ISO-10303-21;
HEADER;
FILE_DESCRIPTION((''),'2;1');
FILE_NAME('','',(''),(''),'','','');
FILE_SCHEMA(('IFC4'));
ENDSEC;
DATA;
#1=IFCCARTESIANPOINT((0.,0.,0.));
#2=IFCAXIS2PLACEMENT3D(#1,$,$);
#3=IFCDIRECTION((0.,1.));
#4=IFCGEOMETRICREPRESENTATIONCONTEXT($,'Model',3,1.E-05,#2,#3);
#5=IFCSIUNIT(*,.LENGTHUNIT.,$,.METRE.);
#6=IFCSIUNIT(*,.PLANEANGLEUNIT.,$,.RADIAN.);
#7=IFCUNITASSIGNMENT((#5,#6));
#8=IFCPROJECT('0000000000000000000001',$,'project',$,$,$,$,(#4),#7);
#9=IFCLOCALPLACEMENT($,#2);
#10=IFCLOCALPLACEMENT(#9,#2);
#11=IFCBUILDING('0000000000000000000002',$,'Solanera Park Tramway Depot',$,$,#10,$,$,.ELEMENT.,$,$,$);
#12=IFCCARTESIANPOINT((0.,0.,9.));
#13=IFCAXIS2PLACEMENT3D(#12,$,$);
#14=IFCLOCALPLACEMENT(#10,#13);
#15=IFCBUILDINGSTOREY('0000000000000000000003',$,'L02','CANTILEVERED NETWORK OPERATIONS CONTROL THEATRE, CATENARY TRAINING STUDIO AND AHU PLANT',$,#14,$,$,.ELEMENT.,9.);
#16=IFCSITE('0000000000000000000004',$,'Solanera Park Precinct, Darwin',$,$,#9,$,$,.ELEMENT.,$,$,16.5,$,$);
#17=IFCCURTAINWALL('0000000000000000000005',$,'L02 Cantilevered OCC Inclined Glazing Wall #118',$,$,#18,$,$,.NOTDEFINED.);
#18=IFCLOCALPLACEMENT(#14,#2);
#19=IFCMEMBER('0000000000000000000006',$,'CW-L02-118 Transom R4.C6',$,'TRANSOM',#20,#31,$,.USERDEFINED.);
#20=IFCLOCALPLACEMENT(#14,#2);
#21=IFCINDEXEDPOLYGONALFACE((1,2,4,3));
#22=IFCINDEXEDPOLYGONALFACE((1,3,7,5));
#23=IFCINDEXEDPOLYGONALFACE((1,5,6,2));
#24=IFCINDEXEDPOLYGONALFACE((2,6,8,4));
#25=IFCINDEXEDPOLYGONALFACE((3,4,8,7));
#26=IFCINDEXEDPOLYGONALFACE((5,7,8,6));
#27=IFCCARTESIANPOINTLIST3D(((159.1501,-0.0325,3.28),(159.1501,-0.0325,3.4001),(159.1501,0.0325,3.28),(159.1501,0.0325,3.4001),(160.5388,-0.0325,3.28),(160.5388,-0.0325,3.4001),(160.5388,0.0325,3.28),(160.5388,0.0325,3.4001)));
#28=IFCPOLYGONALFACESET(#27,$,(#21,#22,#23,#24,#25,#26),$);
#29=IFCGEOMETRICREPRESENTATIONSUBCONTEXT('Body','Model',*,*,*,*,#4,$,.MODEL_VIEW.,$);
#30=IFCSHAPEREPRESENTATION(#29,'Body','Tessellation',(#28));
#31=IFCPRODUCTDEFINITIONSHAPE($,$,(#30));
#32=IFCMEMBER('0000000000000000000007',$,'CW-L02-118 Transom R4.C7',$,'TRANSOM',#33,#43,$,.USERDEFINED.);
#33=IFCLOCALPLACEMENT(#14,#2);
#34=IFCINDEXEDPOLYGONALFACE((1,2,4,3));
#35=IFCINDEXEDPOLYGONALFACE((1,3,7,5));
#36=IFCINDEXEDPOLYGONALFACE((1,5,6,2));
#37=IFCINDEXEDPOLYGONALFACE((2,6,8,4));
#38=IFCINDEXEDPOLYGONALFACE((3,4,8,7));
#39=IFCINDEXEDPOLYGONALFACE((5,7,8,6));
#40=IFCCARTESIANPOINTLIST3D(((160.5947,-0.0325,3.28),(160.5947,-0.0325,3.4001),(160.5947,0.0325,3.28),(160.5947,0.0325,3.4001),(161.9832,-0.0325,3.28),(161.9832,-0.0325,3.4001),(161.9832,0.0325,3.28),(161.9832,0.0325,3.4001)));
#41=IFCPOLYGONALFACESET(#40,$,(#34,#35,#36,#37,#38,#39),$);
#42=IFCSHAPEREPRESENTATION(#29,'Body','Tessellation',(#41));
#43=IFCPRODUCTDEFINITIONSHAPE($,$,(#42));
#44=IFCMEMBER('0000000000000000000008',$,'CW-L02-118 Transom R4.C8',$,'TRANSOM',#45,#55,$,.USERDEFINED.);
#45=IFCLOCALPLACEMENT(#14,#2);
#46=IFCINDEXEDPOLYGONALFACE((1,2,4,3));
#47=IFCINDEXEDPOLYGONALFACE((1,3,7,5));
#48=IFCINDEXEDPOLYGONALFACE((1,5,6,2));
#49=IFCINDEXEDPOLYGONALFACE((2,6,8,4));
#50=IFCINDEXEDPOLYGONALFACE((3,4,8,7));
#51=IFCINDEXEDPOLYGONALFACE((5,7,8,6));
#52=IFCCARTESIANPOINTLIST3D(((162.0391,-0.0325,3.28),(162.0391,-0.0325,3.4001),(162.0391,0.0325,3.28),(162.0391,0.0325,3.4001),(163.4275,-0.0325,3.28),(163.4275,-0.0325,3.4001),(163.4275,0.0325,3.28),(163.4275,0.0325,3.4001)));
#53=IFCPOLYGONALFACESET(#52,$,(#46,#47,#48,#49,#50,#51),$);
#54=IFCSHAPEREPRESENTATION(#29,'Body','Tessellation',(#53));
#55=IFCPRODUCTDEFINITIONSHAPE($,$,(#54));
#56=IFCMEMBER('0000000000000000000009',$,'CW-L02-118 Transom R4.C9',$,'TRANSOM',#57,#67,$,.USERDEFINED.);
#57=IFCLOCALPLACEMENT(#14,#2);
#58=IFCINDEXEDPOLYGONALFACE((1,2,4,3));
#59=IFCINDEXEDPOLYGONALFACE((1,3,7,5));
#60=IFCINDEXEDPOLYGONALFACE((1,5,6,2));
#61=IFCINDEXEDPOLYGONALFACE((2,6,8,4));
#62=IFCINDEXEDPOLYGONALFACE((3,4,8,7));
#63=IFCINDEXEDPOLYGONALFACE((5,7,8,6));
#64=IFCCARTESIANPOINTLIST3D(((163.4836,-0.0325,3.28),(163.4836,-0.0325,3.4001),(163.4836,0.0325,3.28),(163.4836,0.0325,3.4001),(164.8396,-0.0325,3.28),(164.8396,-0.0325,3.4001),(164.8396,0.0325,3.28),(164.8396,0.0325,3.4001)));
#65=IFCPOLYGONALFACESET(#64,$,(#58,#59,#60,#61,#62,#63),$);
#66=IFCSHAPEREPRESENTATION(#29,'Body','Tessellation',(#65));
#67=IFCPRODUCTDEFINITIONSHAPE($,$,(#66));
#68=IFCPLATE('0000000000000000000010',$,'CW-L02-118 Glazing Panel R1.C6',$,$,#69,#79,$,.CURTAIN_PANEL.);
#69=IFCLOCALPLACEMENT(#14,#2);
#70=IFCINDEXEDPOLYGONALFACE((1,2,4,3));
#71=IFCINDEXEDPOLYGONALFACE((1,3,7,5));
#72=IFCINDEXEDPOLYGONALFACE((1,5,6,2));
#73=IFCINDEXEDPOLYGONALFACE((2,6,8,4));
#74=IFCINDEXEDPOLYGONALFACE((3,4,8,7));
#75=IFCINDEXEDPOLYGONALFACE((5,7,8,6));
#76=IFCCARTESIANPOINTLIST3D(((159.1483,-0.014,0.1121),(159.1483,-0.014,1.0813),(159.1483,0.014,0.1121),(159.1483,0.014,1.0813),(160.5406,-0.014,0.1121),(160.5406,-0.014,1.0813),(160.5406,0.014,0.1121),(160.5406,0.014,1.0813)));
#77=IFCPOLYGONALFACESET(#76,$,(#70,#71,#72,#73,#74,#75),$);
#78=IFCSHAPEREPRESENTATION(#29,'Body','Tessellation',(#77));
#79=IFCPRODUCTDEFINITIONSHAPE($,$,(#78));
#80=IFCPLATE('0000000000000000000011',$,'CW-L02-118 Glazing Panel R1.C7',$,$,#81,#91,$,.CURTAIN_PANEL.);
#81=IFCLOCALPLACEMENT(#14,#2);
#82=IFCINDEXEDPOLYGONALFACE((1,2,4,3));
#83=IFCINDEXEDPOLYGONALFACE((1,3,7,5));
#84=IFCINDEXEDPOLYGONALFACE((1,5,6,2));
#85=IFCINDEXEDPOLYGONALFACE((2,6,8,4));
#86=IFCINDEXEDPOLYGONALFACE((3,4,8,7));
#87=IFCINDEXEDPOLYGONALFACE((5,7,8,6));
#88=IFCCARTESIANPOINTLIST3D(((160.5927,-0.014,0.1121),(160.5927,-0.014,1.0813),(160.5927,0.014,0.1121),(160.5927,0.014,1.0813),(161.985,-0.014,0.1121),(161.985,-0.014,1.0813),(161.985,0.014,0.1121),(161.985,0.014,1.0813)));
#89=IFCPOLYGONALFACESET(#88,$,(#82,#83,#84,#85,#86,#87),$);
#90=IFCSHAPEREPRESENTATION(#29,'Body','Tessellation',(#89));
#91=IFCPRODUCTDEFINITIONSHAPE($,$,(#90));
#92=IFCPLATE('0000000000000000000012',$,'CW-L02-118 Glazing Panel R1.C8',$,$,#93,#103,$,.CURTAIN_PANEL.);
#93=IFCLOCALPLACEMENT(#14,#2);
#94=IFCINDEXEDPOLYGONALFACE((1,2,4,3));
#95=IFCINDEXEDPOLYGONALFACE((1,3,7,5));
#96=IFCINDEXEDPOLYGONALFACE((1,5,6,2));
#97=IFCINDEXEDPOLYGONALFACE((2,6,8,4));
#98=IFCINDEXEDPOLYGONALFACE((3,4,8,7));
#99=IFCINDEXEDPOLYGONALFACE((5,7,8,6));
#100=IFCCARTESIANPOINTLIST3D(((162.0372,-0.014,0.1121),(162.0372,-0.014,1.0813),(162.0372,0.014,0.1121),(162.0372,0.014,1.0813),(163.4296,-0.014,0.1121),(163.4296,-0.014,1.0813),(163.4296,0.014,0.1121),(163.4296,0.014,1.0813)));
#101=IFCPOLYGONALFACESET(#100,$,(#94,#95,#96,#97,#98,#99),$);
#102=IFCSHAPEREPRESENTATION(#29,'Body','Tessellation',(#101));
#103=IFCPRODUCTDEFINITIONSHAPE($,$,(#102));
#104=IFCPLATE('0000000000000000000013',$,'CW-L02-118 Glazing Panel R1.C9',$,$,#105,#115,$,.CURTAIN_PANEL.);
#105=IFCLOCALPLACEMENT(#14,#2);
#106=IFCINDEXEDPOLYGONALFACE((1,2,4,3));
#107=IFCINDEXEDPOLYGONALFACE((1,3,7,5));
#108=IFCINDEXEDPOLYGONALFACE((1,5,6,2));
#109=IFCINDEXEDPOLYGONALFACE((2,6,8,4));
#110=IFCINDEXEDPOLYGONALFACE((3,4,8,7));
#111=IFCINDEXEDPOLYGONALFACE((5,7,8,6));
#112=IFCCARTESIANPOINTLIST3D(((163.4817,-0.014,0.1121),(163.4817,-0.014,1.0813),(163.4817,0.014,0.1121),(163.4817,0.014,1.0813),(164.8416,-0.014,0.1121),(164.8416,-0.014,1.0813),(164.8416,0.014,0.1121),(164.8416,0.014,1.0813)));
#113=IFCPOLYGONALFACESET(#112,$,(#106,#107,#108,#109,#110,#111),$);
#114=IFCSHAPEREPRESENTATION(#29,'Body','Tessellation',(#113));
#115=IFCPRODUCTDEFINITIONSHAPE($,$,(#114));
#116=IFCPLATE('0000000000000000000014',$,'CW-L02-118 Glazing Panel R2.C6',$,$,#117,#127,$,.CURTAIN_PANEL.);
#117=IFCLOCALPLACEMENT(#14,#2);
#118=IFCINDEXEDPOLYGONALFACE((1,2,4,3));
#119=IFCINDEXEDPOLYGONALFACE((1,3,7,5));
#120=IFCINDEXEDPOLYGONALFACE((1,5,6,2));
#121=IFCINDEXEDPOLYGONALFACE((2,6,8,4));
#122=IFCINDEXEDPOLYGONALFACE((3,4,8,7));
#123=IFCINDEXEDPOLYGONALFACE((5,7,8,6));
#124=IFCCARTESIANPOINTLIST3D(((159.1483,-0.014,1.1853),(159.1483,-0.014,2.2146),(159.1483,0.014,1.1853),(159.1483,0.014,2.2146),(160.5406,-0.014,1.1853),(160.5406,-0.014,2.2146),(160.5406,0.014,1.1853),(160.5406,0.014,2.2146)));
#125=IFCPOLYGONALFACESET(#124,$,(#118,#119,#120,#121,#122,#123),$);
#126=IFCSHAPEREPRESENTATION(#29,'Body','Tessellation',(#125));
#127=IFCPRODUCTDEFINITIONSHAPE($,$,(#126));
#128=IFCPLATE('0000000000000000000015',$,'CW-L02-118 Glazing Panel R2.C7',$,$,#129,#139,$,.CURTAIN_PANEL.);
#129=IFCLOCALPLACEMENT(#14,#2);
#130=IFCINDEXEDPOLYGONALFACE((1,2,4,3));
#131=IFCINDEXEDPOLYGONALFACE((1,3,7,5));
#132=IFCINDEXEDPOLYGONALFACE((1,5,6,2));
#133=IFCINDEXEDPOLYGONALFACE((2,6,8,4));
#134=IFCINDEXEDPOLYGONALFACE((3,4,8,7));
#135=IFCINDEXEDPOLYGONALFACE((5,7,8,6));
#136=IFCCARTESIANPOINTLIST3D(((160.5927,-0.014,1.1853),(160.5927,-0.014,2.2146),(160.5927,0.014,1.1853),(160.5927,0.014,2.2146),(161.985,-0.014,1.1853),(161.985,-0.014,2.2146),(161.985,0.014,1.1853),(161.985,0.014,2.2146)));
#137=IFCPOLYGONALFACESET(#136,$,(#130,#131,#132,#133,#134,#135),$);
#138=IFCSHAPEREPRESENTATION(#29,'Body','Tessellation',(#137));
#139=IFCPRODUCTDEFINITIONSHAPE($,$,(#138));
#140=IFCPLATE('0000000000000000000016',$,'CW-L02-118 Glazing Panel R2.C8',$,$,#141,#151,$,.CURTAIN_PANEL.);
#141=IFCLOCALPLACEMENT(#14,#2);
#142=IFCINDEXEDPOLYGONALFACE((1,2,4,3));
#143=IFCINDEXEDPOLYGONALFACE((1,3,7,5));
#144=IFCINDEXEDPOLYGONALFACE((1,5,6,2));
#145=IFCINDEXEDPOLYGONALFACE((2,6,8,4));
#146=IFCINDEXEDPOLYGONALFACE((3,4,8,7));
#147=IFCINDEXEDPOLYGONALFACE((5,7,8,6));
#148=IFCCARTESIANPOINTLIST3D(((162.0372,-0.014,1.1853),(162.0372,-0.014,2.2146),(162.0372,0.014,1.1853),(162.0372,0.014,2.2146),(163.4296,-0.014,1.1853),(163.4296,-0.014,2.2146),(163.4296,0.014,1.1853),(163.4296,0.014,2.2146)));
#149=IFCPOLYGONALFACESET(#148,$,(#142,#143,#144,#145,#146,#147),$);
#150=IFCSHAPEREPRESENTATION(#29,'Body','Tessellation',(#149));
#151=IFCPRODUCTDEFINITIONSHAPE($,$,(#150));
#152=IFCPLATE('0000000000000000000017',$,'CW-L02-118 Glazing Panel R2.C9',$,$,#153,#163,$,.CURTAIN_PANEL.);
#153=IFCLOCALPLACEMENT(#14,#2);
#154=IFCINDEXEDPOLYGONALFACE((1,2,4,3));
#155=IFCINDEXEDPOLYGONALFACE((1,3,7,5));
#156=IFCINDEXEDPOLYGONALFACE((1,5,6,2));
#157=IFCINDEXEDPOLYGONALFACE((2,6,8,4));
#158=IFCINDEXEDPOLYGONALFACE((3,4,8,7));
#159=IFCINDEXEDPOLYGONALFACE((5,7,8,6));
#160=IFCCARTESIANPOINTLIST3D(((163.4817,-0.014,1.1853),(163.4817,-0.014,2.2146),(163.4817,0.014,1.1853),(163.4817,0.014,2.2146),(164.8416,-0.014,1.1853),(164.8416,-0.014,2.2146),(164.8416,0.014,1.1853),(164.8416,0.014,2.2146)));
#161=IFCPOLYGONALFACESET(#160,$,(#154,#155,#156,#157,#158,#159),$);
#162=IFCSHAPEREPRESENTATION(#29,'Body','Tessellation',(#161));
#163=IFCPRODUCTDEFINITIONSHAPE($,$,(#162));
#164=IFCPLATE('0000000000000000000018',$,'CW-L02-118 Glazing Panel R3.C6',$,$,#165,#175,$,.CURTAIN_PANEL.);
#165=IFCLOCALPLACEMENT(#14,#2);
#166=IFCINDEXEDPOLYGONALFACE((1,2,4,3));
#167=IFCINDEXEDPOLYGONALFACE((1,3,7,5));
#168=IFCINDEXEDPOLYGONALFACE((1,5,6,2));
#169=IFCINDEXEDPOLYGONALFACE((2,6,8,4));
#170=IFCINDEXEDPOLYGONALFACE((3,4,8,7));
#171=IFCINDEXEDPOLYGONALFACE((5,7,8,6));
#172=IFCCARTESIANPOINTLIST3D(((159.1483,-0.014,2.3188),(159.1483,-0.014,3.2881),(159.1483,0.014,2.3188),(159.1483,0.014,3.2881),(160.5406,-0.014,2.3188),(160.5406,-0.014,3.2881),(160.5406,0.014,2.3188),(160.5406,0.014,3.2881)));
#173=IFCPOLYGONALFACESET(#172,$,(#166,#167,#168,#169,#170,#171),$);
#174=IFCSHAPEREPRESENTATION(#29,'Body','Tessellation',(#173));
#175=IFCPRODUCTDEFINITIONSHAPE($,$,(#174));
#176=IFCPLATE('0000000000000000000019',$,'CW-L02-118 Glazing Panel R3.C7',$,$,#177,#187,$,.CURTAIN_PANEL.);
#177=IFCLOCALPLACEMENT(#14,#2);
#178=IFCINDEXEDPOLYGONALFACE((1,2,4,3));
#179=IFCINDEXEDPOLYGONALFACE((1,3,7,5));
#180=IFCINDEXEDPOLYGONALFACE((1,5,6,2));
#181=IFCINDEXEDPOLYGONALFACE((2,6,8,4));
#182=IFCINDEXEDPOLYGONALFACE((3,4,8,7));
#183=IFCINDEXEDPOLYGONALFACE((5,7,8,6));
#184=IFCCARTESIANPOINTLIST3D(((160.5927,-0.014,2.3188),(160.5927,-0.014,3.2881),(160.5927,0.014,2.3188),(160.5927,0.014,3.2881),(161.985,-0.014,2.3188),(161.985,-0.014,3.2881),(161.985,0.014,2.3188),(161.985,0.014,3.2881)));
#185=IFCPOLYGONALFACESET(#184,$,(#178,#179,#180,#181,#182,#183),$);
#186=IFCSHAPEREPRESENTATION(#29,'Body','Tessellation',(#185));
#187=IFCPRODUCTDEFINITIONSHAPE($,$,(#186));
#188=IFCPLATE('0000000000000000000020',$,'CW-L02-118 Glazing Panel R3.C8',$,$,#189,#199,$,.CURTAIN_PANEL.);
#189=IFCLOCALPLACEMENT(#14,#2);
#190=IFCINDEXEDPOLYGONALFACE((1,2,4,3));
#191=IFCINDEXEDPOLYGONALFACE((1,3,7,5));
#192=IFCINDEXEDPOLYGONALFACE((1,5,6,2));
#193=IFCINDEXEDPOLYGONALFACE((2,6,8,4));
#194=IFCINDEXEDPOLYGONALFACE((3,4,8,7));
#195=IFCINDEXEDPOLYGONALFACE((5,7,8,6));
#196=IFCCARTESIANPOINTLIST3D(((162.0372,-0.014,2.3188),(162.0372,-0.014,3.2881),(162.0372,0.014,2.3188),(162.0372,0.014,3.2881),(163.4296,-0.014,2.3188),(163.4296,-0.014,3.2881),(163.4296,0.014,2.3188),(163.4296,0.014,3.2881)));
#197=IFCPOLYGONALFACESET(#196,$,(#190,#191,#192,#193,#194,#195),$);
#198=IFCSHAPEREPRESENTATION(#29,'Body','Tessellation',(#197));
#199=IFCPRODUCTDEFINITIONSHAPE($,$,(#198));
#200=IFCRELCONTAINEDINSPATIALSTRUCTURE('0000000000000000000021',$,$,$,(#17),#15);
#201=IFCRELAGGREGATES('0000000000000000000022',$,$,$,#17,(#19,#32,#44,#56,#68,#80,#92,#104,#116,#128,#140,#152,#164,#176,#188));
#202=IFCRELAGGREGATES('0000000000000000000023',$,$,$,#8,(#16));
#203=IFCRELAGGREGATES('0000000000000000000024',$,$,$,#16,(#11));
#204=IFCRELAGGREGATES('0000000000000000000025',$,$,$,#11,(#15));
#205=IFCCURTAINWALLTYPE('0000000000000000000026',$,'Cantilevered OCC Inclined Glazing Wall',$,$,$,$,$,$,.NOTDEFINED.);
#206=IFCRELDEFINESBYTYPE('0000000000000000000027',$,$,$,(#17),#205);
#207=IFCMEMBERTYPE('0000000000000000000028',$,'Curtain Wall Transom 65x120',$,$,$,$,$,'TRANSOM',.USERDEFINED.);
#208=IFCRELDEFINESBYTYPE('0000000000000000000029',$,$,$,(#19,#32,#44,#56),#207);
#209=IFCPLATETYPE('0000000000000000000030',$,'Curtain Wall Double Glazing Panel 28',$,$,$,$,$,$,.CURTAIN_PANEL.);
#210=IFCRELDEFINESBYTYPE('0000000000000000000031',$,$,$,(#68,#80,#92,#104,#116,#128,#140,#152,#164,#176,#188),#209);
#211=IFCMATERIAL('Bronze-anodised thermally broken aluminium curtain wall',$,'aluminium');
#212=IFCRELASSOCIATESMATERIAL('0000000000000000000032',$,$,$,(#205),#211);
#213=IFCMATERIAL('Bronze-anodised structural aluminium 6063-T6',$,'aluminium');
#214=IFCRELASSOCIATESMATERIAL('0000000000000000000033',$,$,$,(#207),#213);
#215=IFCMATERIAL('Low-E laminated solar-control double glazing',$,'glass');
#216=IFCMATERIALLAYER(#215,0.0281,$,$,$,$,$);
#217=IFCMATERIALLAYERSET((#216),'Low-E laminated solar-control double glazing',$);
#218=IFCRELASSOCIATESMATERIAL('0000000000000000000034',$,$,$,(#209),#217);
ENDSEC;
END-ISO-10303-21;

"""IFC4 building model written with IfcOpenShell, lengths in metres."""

from ifc_helpers import new_model, si_unit, direction, frame, origin, origin_2d, place, context, subcontext, project, spatial, rectangle, extrude, material, layer, layer_set, material_profile, profile_set, type_object, element, aggregate, save


model = new_model("IFC4")

# Units and contexts
model_context = context("Model", 3, precision=1e-05, world=origin(), true_north=direction((0.0, 1.0)))
body_context = subcontext(model_context, "Body", "Model", "MODEL_VIEW")
ifc_project = project(units=[si_unit("LENGTHUNIT", "METRE"), si_unit("PLANEANGLEUNIT", "RADIAN")], contexts=[model_context])

# Site, building, storey
site_placement = place(None, origin())
site = spatial("IfcSite", under=ifc_project, at=site_placement, Name="Solanera Park Precinct, Darwin", CompositionType="ELEMENT", RefElevation=16.5)
building_placement = place(site_placement, origin())
building = spatial("IfcBuilding", under=site, at=building_placement, Name="Solanera Park Tramway Depot", CompositionType="ELEMENT")
storey_placement = place(building_placement, frame((0.0, 0.0, 9.0)))
storey = spatial("IfcBuildingStorey", under=building, at=storey_placement, Name="L02", Description="CANTILEVERED NETWORK OPERATIONS CONTROL THEATRE, CATENARY TRAINING STUDIO AND AHU PLANT", CompositionType="ELEMENT", Elevation=9.0)

# Curtain wall, members, plates
ifc_material_1 = material(Name="Bronze-anodised thermally broken aluminium curtain wall", Category="aluminium")
curtain_wall_type = type_object("IfcCurtainWallType", Name="Cantilevered OCC Inclined Glazing Wall", PredefinedType="NOTDEFINED", material=ifc_material_1)
curtain_wall_placement = place(storey_placement, origin())
curtain_wall = element("IfcCurtainWall", 1, at=curtain_wall_placement, inside=storey, type_object=curtain_wall_type, Name="L02 Cantilevered OCC Inclined Glazing Wall #118", PredefinedType="NOTDEFINED")
ifc_material_2 = material(Name="Bronze-anodised structural aluminium 6063-T6", Category="aluminium")
ifc_material_profile_1 = material_profile(ifc_material_2, rectangle(XDim=0.0649, YDim=0.1201, at=origin_2d()), Name="Curtain Wall Transom 65x120")
ifc_profile_set_1 = profile_set([ifc_material_profile_1], Name="Bronze-anodised structural aluminium 6063-T6")
member_type_1 = type_object("IfcMemberType", Name="Curtain Wall Transom 65x120", ElementType="TRANSOM", PredefinedType="USERDEFINED", material=ifc_profile_set_1)
member_1_placement = place(storey_placement, frame((159.1501, 0.0, 3.3401), z_axis=(1.0, 0.0, 0.0), x_axis=(0.0, 1.0, 0.0)))
member_1 = element("IfcMember", 2, at=member_1_placement, type_object=member_type_1, Name="CW-L02-118 Transom R4.C6", ObjectType="TRANSOM", PredefinedType="USERDEFINED", context=body_context, shape_type="SweptSolid", body=[
    extrude(rectangle(XDim=0.0649, YDim=0.1201, at=origin_2d()), origin(), (0.0, 0.0, 1.0), 1.3887),
])
member_2_placement = place(storey_placement, frame((160.5947, 0.0, 3.3401), z_axis=(1.0, 0.0, 0.0), x_axis=(0.0, 1.0, 0.0)))
member_2 = element("IfcMember", 3, at=member_2_placement, type_object=member_type_1, Name="CW-L02-118 Transom R4.C7", ObjectType="TRANSOM", PredefinedType="USERDEFINED", context=body_context, shape_type="SweptSolid", body=[
    extrude(rectangle(XDim=0.0649, YDim=0.1201, at=origin_2d()), origin(), (0.0, 0.0, 1.0), 1.3884),
])
member_3_placement = place(storey_placement, frame((162.0391, 0.0, 3.3401), z_axis=(1.0, 0.0, 0.0), x_axis=(0.0, 1.0, 0.0)))
member_3 = element("IfcMember", 4, at=member_3_placement, type_object=member_type_1, Name="CW-L02-118 Transom R4.C8", ObjectType="TRANSOM", PredefinedType="USERDEFINED", context=body_context, shape_type="SweptSolid", body=[
    extrude(rectangle(XDim=0.0649, YDim=0.1201, at=origin_2d()), origin(), (0.0, 0.0, 1.0), 1.3884),
])
member_4_placement = place(storey_placement, frame((163.4836, 0.0, 3.3401), z_axis=(1.0, 0.0, 0.0), x_axis=(0.0, 1.0, 0.0)))
member_4 = element("IfcMember", 5, at=member_4_placement, type_object=member_type_1, Name="CW-L02-118 Transom R4.C9", ObjectType="TRANSOM", PredefinedType="USERDEFINED", context=body_context, shape_type="SweptSolid", body=[
    extrude(rectangle(XDim=0.0649, YDim=0.1201, at=origin_2d()), origin(), (0.0, 0.0, 1.0), 1.356),
])
ifc_material_3 = material(Name="Low-E laminated solar-control double glazing", Category="glass")
ifc_layer = layer(ifc_material_3, 0.0281)
ifc_layer_set = layer_set([ifc_layer], Name="Low-E laminated solar-control double glazing")
plate_type = type_object("IfcPlateType", Name="Curtain Wall Double Glazing Panel 28", PredefinedType="CURTAIN_PANEL", material=ifc_layer_set)
plate_1_placement = place(storey_placement, frame((159.8445, 0.0, 0.1121), z_axis=(0.0, 0.0, 1.0), x_axis=(1.0, 0.0, 0.0)))
plate_1 = element("IfcPlate", 6, at=plate_1_placement, type_object=plate_type, Name="CW-L02-118 Glazing Panel R1.C6", PredefinedType="CURTAIN_PANEL", context=body_context, shape_type="SweptSolid", body=[
    extrude(rectangle(XDim=1.3923, YDim=0.0281, at=origin_2d()), origin(), (0.0, 0.0, 1.0), 0.9692),
])
plate_2_placement = place(storey_placement, frame((161.2888, 0.0, 0.1121), z_axis=(0.0, 0.0, 1.0), x_axis=(1.0, 0.0, 0.0)))
plate_2 = element("IfcPlate", 7, at=plate_2_placement, type_object=plate_type, Name="CW-L02-118 Glazing Panel R1.C7", PredefinedType="CURTAIN_PANEL", context=body_context, shape_type="SweptSolid", body=[
    extrude(rectangle(XDim=1.3923, YDim=0.0281, at=origin_2d()), origin(), (0.0, 0.0, 1.0), 0.9692),
])
plate_3_placement = place(storey_placement, frame((162.7334, 0.0, 0.1121), z_axis=(0.0, 0.0, 1.0), x_axis=(1.0, 0.0, 0.0)))
plate_3 = element("IfcPlate", 8, at=plate_3_placement, type_object=plate_type, Name="CW-L02-118 Glazing Panel R1.C8", PredefinedType="CURTAIN_PANEL", context=body_context, shape_type="SweptSolid", body=[
    extrude(rectangle(XDim=1.3923, YDim=0.0281, at=origin_2d()), origin(), (0.0, 0.0, 1.0), 0.9692),
])
plate_4_placement = place(storey_placement, frame((164.1616, 0.0, 0.1121), z_axis=(0.0, 0.0, 1.0), x_axis=(1.0, 0.0, 0.0)))
plate_4 = element("IfcPlate", 9, at=plate_4_placement, type_object=plate_type, Name="CW-L02-118 Glazing Panel R1.C9", PredefinedType="CURTAIN_PANEL", context=body_context, shape_type="SweptSolid", body=[
    extrude(rectangle(XDim=1.3599, YDim=0.0281, at=origin_2d()), origin(), (0.0, 0.0, 1.0), 0.9692),
])
plate_5_placement = place(storey_placement, frame((159.8445, 0.0, 1.1853), z_axis=(0.0, 0.0, 1.0), x_axis=(1.0, 0.0, 0.0)))
plate_5 = element("IfcPlate", 10, at=plate_5_placement, type_object=plate_type, Name="CW-L02-118 Glazing Panel R2.C6", PredefinedType="CURTAIN_PANEL", context=body_context, shape_type="SweptSolid", body=[
    extrude(rectangle(XDim=1.3923, YDim=0.0281, at=origin_2d()), origin(), (0.0, 0.0, 1.0), 1.0293),
])
plate_6_placement = place(storey_placement, frame((161.2888, 0.0, 1.1853), z_axis=(0.0, 0.0, 1.0), x_axis=(1.0, 0.0, 0.0)))
plate_6 = element("IfcPlate", 11, at=plate_6_placement, type_object=plate_type, Name="CW-L02-118 Glazing Panel R2.C7", PredefinedType="CURTAIN_PANEL", context=body_context, shape_type="SweptSolid", body=[
    extrude(rectangle(XDim=1.3923, YDim=0.0281, at=origin_2d()), origin(), (0.0, 0.0, 1.0), 1.0293),
])
plate_7_placement = place(storey_placement, frame((162.7334, 0.0, 1.1853), z_axis=(0.0, 0.0, 1.0), x_axis=(1.0, 0.0, 0.0)))
plate_7 = element("IfcPlate", 12, at=plate_7_placement, type_object=plate_type, Name="CW-L02-118 Glazing Panel R2.C8", PredefinedType="CURTAIN_PANEL", context=body_context, shape_type="SweptSolid", body=[
    extrude(rectangle(XDim=1.3923, YDim=0.0281, at=origin_2d()), origin(), (0.0, 0.0, 1.0), 1.0293),
])
plate_8_placement = place(storey_placement, frame((164.1616, 0.0, 1.1853), z_axis=(0.0, 0.0, 1.0), x_axis=(1.0, 0.0, 0.0)))
plate_8 = element("IfcPlate", 13, at=plate_8_placement, type_object=plate_type, Name="CW-L02-118 Glazing Panel R2.C9", PredefinedType="CURTAIN_PANEL", context=body_context, shape_type="SweptSolid", body=[
    extrude(rectangle(XDim=1.3599, YDim=0.0281, at=origin_2d()), origin(), (0.0, 0.0, 1.0), 1.0293),
])
plate_9_placement = place(storey_placement, frame((159.8445, 0.0, 2.3188), z_axis=(0.0, 0.0, 1.0), x_axis=(1.0, 0.0, 0.0)))
plate_9 = element("IfcPlate", 14, at=plate_9_placement, type_object=plate_type, Name="CW-L02-118 Glazing Panel R3.C6", PredefinedType="CURTAIN_PANEL", context=body_context, shape_type="SweptSolid", body=[
    extrude(rectangle(XDim=1.3923, YDim=0.0281, at=origin_2d()), origin(), (0.0, 0.0, 1.0), 0.9692),
])
plate_10_placement = place(storey_placement, frame((161.2888, 0.0, 2.3188), z_axis=(0.0, 0.0, 1.0), x_axis=(1.0, 0.0, 0.0)))
plate_10 = element("IfcPlate", 15, at=plate_10_placement, type_object=plate_type, Name="CW-L02-118 Glazing Panel R3.C7", PredefinedType="CURTAIN_PANEL", context=body_context, shape_type="SweptSolid", body=[
    extrude(rectangle(XDim=1.3923, YDim=0.0281, at=origin_2d()), origin(), (0.0, 0.0, 1.0), 0.9692),
])
plate_11_placement = place(storey_placement, frame((162.7334, 0.0, 2.3188), z_axis=(0.0, 0.0, 1.0), x_axis=(1.0, 0.0, 0.0)))
plate_11 = element("IfcPlate", 16, at=plate_11_placement, type_object=plate_type, Name="CW-L02-118 Glazing Panel R3.C8", PredefinedType="CURTAIN_PANEL", context=body_context, shape_type="SweptSolid", body=[
    extrude(rectangle(XDim=1.3923, YDim=0.0281, at=origin_2d()), origin(), (0.0, 0.0, 1.0), 0.9692),
])
aggregate(curtain_wall, [member_1, member_2, member_3, member_4, plate_1, plate_2, plate_3, plate_4, plate_5, plate_6, plate_7, plate_8, plate_9, plate_10, plate_11])

save(model, "model.ifc")
